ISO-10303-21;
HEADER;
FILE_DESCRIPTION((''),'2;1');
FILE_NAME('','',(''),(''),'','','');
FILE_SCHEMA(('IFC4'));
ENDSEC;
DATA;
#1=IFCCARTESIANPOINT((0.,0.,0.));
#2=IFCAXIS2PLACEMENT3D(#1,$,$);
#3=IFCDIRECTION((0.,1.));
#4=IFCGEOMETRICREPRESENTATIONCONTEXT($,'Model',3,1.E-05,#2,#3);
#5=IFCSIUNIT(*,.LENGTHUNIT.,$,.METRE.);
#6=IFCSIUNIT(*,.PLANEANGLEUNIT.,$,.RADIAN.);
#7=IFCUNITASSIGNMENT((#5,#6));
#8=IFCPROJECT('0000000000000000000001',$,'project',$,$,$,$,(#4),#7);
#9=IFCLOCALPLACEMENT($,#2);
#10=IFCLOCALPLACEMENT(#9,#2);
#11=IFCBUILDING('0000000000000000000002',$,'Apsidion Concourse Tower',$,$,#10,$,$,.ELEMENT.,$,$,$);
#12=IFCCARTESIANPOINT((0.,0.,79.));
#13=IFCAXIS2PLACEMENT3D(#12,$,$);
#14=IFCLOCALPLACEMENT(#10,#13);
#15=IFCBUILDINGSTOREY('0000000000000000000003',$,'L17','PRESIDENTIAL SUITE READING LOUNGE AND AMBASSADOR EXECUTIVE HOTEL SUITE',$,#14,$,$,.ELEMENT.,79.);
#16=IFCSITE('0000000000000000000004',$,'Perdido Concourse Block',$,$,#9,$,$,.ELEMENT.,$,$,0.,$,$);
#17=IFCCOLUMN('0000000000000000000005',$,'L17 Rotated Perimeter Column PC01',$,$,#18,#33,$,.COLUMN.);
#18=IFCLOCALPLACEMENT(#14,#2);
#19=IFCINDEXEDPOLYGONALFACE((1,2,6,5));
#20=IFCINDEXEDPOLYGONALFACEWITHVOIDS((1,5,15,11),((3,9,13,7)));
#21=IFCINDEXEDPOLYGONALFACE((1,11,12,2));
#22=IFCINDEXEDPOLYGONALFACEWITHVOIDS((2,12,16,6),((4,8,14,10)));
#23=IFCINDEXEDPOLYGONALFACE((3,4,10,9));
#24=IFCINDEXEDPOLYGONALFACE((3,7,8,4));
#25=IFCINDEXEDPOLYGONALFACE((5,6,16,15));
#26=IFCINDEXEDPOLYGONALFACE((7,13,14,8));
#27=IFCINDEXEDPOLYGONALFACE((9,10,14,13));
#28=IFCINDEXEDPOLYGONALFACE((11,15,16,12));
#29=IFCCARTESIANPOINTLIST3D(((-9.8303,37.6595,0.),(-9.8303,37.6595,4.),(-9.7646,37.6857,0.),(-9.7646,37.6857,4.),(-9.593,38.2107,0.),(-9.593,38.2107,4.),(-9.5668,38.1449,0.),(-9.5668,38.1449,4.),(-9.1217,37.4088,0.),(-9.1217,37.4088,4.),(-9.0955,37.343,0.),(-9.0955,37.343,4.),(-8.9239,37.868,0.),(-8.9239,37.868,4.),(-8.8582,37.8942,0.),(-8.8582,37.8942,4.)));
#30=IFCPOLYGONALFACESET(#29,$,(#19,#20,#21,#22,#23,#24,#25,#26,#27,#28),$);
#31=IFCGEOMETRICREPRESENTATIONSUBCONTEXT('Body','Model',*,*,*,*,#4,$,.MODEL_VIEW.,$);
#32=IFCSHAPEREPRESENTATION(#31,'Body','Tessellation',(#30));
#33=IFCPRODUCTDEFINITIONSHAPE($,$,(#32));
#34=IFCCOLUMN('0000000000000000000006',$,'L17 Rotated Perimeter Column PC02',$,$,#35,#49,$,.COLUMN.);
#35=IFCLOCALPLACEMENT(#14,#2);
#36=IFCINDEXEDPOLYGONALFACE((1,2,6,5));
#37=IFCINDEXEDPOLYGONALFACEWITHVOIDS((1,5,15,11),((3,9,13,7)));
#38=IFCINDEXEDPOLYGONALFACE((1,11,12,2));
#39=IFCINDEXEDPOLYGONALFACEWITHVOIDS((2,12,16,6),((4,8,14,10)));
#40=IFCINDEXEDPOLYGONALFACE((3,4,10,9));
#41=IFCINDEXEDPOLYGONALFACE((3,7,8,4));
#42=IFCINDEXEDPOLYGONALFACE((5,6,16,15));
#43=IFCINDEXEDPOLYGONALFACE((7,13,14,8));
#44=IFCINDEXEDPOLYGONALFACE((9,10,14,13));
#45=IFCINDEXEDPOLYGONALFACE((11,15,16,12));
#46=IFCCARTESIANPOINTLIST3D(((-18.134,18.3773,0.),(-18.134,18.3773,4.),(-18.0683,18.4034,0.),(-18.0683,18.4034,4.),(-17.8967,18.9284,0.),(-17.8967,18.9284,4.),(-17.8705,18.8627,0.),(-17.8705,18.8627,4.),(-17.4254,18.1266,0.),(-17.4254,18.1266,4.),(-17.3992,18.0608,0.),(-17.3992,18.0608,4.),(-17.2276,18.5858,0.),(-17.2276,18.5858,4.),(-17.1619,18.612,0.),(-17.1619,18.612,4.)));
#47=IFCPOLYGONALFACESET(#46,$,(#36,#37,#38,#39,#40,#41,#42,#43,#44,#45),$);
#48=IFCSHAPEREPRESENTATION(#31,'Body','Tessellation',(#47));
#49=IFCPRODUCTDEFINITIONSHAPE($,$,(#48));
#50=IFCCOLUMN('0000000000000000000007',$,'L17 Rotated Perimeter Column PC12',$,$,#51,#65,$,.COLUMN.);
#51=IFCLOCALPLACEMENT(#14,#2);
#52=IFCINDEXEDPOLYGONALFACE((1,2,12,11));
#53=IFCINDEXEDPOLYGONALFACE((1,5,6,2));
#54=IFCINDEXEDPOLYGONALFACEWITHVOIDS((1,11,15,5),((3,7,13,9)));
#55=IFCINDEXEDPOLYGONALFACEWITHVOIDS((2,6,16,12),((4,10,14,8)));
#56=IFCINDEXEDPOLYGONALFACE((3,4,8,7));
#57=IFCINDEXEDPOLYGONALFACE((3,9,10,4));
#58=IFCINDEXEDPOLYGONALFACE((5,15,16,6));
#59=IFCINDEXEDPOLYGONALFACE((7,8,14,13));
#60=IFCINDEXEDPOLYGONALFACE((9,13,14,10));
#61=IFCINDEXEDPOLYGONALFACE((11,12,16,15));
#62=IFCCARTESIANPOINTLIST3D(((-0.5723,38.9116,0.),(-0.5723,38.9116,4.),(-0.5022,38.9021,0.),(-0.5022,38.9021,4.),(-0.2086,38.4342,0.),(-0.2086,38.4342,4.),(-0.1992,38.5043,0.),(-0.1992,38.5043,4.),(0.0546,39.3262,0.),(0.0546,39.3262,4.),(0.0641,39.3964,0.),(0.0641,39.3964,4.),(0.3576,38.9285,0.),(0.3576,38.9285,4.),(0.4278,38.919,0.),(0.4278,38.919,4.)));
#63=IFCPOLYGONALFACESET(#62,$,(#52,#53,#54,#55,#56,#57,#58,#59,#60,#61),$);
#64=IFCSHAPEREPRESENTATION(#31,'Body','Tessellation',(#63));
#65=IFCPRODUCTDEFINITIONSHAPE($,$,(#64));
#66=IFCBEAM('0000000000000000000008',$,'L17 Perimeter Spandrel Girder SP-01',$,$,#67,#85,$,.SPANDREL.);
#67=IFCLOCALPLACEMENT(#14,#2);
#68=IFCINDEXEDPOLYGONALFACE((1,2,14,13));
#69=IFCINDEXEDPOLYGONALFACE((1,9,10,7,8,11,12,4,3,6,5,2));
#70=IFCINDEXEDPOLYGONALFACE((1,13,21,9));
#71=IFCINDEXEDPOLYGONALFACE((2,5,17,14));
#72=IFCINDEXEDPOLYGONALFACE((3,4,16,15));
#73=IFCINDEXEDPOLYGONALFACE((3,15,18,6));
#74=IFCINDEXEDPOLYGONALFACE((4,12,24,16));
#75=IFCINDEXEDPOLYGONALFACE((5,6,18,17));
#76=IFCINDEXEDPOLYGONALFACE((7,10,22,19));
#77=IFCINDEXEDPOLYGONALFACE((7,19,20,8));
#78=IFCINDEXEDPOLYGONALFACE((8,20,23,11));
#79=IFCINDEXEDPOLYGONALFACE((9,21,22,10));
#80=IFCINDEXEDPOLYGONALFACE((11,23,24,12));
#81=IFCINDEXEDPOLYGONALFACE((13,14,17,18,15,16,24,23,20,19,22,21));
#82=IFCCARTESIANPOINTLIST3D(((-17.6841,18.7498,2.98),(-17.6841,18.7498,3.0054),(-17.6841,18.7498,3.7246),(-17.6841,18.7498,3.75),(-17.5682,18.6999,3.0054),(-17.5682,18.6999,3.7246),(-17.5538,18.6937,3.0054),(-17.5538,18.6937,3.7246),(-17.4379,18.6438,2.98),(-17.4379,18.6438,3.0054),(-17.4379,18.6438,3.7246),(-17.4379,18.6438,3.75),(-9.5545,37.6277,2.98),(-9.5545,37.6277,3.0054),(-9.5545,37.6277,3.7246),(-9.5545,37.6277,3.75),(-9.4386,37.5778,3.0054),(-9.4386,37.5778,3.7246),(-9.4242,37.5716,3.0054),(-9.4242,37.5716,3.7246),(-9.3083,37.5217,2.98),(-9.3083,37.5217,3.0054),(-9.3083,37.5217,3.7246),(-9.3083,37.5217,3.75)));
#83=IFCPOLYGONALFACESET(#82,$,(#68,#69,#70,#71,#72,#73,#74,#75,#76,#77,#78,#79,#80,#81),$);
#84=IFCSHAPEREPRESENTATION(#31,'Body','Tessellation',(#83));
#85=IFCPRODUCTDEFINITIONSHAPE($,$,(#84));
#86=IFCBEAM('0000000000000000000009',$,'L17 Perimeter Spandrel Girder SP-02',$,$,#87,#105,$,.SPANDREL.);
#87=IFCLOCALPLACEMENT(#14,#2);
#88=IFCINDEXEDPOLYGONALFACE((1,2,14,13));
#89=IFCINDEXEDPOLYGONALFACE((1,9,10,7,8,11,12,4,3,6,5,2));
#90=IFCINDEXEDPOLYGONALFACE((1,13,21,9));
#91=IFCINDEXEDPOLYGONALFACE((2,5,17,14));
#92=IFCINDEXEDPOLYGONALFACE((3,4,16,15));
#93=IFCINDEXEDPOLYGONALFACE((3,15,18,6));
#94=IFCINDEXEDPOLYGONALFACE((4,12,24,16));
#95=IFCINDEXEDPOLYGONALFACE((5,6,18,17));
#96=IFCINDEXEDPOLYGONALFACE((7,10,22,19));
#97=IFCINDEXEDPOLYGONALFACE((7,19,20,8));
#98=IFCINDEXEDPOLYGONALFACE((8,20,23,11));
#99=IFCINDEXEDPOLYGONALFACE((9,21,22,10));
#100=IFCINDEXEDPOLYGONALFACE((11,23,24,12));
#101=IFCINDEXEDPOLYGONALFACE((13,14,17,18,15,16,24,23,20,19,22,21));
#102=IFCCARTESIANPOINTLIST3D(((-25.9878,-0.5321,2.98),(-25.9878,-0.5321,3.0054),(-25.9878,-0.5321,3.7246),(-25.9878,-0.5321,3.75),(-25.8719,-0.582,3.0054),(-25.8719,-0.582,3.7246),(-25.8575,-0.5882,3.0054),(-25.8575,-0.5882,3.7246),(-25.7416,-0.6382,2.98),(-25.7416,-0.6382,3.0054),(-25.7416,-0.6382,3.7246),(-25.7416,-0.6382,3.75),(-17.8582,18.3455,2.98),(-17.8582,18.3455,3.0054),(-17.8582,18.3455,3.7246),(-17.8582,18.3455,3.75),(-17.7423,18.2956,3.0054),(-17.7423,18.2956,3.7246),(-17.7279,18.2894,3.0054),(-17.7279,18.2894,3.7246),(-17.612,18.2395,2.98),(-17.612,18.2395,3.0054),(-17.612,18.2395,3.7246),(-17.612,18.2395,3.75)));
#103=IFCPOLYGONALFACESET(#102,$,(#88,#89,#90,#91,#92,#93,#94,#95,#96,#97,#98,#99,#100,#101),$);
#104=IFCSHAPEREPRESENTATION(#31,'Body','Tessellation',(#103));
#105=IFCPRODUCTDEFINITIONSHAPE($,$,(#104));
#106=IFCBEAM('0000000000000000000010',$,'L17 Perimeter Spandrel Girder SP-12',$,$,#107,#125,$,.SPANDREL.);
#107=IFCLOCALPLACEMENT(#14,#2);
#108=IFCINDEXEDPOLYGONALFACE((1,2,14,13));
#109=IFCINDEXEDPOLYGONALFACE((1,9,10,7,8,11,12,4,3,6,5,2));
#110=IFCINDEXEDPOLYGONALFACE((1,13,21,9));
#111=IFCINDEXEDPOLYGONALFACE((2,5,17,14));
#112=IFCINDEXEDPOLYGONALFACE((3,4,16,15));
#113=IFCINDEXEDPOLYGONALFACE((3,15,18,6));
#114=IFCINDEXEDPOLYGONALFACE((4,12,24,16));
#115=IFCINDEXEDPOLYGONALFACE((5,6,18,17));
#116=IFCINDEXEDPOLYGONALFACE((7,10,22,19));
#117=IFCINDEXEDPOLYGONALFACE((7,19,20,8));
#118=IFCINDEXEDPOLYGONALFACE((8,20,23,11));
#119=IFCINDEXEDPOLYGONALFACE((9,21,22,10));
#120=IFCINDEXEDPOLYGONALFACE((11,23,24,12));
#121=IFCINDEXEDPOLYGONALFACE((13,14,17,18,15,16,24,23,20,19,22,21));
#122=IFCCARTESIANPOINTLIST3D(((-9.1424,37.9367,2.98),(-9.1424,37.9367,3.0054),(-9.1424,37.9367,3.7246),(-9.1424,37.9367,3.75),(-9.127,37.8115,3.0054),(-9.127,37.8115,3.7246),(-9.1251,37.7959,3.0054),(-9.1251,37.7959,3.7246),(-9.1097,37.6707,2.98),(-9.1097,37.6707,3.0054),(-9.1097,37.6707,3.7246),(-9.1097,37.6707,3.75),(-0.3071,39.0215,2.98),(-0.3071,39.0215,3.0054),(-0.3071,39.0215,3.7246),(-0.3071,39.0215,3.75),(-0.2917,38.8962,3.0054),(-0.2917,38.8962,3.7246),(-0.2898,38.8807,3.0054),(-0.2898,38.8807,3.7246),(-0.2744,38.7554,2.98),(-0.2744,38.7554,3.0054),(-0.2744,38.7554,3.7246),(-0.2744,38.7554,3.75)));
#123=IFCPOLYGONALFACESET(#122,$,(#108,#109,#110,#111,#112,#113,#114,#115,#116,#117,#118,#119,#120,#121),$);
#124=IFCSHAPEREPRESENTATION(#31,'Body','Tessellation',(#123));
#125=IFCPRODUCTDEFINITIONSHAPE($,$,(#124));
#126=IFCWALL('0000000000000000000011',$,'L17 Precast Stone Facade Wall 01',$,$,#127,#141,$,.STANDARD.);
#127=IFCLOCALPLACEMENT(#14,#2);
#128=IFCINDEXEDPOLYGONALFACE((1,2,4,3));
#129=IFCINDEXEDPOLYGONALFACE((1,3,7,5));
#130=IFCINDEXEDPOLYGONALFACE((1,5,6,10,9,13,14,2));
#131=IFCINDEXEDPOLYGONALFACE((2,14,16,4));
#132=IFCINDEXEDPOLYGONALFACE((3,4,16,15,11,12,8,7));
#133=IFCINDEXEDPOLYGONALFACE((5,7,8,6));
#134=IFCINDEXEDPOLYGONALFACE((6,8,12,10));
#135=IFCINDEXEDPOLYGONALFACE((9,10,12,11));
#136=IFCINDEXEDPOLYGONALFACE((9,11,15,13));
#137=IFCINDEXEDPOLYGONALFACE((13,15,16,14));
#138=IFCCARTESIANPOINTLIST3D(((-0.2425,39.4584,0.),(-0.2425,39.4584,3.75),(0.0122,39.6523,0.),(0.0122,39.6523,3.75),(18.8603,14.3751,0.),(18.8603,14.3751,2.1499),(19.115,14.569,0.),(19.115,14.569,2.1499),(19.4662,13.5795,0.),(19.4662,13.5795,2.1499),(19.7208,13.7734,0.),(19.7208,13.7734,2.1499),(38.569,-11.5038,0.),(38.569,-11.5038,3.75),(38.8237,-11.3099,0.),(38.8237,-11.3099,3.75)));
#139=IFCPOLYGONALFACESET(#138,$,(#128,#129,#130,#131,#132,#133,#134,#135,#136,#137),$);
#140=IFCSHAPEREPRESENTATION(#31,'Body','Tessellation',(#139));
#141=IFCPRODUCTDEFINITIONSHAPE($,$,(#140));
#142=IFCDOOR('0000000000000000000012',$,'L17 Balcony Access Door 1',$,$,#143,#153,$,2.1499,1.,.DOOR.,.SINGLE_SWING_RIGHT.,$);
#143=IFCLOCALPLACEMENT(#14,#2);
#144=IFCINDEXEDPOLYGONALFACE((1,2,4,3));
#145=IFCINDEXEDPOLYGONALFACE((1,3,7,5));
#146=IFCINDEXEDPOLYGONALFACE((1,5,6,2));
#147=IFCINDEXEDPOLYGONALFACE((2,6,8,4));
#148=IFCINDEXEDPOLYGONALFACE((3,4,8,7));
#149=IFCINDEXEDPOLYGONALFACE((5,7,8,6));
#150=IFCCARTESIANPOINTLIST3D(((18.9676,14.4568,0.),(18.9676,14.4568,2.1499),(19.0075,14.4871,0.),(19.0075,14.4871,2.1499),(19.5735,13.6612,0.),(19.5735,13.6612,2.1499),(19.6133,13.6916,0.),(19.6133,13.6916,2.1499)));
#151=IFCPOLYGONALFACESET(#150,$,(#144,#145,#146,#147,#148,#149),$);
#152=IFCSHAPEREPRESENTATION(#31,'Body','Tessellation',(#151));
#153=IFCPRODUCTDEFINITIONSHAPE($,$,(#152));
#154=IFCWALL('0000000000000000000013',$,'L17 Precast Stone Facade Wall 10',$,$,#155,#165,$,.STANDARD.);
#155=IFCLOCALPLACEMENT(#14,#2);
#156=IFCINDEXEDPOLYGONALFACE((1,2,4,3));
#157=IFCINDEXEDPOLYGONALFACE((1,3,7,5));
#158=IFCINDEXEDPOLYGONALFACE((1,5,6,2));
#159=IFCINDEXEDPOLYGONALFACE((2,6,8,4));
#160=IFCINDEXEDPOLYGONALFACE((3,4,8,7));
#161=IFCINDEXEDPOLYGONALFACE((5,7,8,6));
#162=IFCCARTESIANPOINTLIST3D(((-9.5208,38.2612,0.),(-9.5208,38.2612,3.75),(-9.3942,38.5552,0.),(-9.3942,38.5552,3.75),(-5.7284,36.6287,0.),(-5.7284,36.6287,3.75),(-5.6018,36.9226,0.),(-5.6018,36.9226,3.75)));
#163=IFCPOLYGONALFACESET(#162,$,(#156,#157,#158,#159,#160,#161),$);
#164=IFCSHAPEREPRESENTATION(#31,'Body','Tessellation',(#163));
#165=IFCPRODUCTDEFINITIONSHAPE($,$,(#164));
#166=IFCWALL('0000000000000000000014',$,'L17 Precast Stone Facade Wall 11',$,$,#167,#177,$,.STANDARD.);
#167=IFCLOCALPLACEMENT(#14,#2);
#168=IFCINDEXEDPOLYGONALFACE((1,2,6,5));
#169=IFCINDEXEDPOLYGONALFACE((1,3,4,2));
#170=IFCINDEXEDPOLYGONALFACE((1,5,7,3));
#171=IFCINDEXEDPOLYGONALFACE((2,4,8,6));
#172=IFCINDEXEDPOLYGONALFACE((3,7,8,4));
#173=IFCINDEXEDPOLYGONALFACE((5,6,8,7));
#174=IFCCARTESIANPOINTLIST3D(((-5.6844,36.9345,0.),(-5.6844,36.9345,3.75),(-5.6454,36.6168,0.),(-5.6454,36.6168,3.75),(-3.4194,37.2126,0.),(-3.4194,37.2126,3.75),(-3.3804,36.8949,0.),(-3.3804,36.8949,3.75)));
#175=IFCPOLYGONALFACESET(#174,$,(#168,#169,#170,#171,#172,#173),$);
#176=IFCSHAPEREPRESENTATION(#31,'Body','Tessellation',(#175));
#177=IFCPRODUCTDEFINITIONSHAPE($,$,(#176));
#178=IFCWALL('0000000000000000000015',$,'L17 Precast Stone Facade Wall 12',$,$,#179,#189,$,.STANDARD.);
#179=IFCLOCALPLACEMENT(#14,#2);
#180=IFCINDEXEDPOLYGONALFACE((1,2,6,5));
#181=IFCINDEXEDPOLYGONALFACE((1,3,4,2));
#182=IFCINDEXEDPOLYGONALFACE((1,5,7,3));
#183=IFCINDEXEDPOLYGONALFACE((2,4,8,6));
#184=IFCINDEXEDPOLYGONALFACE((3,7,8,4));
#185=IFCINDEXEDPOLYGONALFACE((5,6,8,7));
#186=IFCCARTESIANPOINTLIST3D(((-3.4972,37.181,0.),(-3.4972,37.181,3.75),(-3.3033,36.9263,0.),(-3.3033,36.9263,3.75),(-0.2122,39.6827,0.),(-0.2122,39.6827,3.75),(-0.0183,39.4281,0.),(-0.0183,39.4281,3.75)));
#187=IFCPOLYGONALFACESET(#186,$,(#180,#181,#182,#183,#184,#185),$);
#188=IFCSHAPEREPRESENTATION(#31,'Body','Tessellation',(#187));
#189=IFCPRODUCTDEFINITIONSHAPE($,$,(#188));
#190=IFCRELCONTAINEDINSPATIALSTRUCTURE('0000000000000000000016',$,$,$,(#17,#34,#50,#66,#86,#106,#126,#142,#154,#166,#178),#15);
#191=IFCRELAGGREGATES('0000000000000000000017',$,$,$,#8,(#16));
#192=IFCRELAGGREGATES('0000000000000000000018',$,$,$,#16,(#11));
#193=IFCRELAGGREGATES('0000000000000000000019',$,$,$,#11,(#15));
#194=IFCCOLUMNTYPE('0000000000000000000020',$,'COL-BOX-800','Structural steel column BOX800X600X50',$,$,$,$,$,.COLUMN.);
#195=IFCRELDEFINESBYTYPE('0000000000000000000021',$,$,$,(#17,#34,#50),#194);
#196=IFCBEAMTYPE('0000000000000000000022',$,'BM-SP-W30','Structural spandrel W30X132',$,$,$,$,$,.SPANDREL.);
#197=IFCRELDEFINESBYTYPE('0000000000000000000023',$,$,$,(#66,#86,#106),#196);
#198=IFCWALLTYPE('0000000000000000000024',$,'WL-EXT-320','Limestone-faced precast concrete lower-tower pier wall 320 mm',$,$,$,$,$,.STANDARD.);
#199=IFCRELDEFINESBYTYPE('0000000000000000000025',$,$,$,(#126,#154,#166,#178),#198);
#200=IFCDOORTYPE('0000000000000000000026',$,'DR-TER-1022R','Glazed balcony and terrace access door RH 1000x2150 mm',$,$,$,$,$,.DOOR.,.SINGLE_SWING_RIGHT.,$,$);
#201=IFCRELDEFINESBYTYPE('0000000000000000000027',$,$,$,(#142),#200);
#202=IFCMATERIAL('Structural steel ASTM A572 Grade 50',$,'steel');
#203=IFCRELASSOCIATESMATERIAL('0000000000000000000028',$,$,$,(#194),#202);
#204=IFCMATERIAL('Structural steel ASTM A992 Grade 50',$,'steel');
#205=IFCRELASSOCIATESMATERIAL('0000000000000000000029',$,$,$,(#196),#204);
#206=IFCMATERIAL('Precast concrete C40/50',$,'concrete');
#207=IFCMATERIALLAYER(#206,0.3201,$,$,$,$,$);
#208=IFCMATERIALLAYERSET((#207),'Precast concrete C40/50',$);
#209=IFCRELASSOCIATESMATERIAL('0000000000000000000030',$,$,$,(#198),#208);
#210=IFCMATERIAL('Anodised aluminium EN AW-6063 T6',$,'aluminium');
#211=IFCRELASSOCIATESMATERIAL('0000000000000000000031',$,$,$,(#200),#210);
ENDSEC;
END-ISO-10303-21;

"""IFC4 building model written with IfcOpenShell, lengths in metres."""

from ifc_helpers import new_model, si_unit, direction, frame, frame_2d, origin, origin_2d, place, context, subcontext, project, spatial, rectangle, hollow_rectangle, i_section, extrude, material, layer, layer_set, material_profile, profile_set, type_object, element, fill, save


model = new_model("IFC4")

# Units and contexts
model_context = context("Model", 3, precision=1e-05, world=origin(), true_north=direction((0.0, 1.0)))
body_context = subcontext(model_context, "Body", "Model", "MODEL_VIEW")
ifc_project = project(units=[si_unit("LENGTHUNIT", "METRE"), si_unit("PLANEANGLEUNIT", "RADIAN")], contexts=[model_context])

# Site, building, storey
site_placement = place(None, origin())
site = spatial("IfcSite", under=ifc_project, at=site_placement, Name="Perdido Concourse Block", CompositionType="ELEMENT", RefElevation=0.0)
building_placement = place(site_placement, origin())
building = spatial("IfcBuilding", under=site, at=building_placement, Name="Apsidion Concourse Tower", CompositionType="ELEMENT")
storey_placement = place(building_placement, frame((0.0, 0.0, 79.0)))
storey = spatial("IfcBuildingStorey", under=building, at=storey_placement, Name="L17", Description="PRESIDENTIAL SUITE READING LOUNGE AND AMBASSADOR EXECUTIVE HOTEL SUITE", CompositionType="ELEMENT", Elevation=79.0)

# Columns
ifc_material_1 = material(Name="Structural steel ASTM A572 Grade 50", Category="steel")
ifc_material_profile_1 = material_profile(ifc_material_1, hollow_rectangle(XDim=0.6001, YDim=0.8, WallThickness=0.05, at=origin_2d()), Name="BOX800X600X50")
ifc_profile_set_1 = profile_set([ifc_material_profile_1], Name="Structural steel ASTM A572 Grade 50")
column_type = type_object("IfcColumnType", Name="COL-BOX-800", Description="Structural steel column BOX800X600X50", PredefinedType="COLUMN", material=ifc_profile_set_1)
for number, where, z_axis, x_axis, name in (
    (1, (-9.3442, 37.7769, 0.0), (0.0, 0.0, 1.0), (0.395546, 0.918446, 0.0), "L17 Rotated Perimeter Column PC01"),
    (2, (-17.6479, 18.4946, 0.0), (0.0, 0.0, 1.0), (0.395546, 0.918446, 0.0), "L17 Rotated Perimeter Column PC02"),
    (3, (-0.0723, 38.9153, 0.0), (0.0, 0.0, 1.0), (-0.605988, 0.795473, 0.0), "L17 Rotated Perimeter Column PC12"),
):
    element("IfcColumn", number, at=place(storey_placement, frame(where, z_axis=z_axis, x_axis=x_axis)), inside=storey, type_object=column_type, Name=name, PredefinedType="COLUMN", context=body_context, shape_type="SweptSolid", body=[
        extrude(hollow_rectangle(XDim=0.6001, YDim=0.8, WallThickness=0.05, at=origin_2d()), origin(), (0.0, 0.0, 1.0), 4.0),
    ])

# Beams
ifc_material_2 = material(Name="Structural steel ASTM A992 Grade 50", Category="steel")
ifc_material_profile_2 = material_profile(ifc_material_2, i_section(OverallWidth=0.2681, OverallDepth=0.77, WebThickness=0.0156, FlangeThickness=0.0254, at=origin_2d()), Name="W30X132")
ifc_profile_set_2 = profile_set([ifc_material_profile_2], Name="Structural steel ASTM A992 Grade 50")
beam_type = type_object("IfcBeamType", Name="BM-SP-W30", Description="Structural spandrel W30X132", PredefinedType="SPANDREL", material=ifc_profile_set_2)
beam_1_placement = place(storey_placement, frame((-9.4314, 37.5747, 3.365), z_axis=(-0.395526, -0.918455, 0.0), x_axis=(0.918455, -0.395526, 0.0)))
element("IfcBeam", 4, at=beam_1_placement, inside=storey, type_object=beam_type, Name="L17 Perimeter Spandrel Girder SP-01", PredefinedType="SPANDREL", context=body_context, shape_type="SweptSolid", body=[
    extrude(i_section(OverallWidth=0.2681, OverallDepth=0.77, WebThickness=0.0156, FlangeThickness=0.0254, at=origin_2d()), origin(), (0.0, 0.0, 1.0), 20.554),
])
beam_2_placement = place(storey_placement, frame((-17.7351, 18.2925, 3.365), z_axis=(-0.39553, -0.918453, 0.0), x_axis=(0.918453, -0.39553, 0.0)))
element("IfcBeam", 5, at=beam_2_placement, inside=storey, type_object=beam_type, Name="L17 Perimeter Spandrel Girder SP-02", PredefinedType="SPANDREL", context=body_context, shape_type="SweptSolid", body=[
    extrude(i_section(OverallWidth=0.2681, OverallDepth=0.77, WebThickness=0.0156, FlangeThickness=0.0254, at=origin_2d()), origin(), (0.0, 0.0, 1.0), 20.5537),
])
beam_3_placement = place(storey_placement, frame((-0.2908, 38.8884, 3.365), z_axis=(-0.992548, -0.121857, 0.0), x_axis=(0.121857, -0.992548, 0.0)))
element("IfcBeam", 6, at=beam_3_placement, inside=storey, type_object=beam_type, Name="L17 Perimeter Spandrel Girder SP-12", PredefinedType="SPANDREL", context=body_context, shape_type="SweptSolid", body=[
    extrude(i_section(OverallWidth=0.2681, OverallDepth=0.77, WebThickness=0.0156, FlangeThickness=0.0254, at=origin_2d()), origin(), (0.0, 0.0, 1.0), 8.9016),
])

# Wall, opening, door
ifc_material_3 = material(Name="Precast concrete C40/50", Category="concrete")
ifc_layer_1 = layer(ifc_material_3, 0.3201)
ifc_layer_set_1 = layer_set([ifc_layer_1], Name="Precast concrete C40/50")
wall_type_1 = type_object("IfcWallType", Name="WL-EXT-320", Description="Limestone-faced precast concrete lower-tower pier wall 320 mm", PredefinedType="STANDARD", material=ifc_layer_set_1)
wall_1_placement = place(storey_placement, frame((-0.1152, 39.5554, 0.0), z_axis=(0.0, 0.0, 1.0), x_axis=(0.605877, -0.795558, 0.0)))
wall_1 = element("IfcWall", 7, at=wall_1_placement, inside=storey, type_object=wall_type_1, Name="L17 Precast Stone Facade Wall 01", PredefinedType="STANDARD", context=body_context, shape_type="SweptSolid", body=[
    extrude(rectangle(XDim=64.0583, YDim=0.3201, at=frame_2d((32.0293, 0.0))), origin(), (0.0, 0.0, 1.0), 3.75),
])
opening_1_placement = place(wall_1_placement, frame((31.5293, 0.0, 0.0)))
opening_1 = element("IfcOpeningElement", 8, at=opening_1_placement, cuts=wall_1, PredefinedType="OPENING", context=body_context, shape_type="SweptSolid", body=[
    extrude(rectangle(XDim=1.0, YDim=2.1499, at=frame_2d((0.5, 1.075))), frame((0.0, 0.1699, 0.0), z_axis=(0.0, -1.0, 0.0), x_axis=(1.0, 0.0, 0.0)), (0.0, 0.0, 1.0), 0.3401),
])
ifc_material_4 = material(Name="Anodised aluminium EN AW-6063 T6", Category="aluminium")
door_type_1 = type_object("IfcDoorType", Name="DR-TER-1022R", Description="Glazed balcony and terrace access door RH 1000x2150 mm", OperationType="SINGLE_SWING_RIGHT", PredefinedType="DOOR", material=ifc_material_4)
door_1_placement = place(opening_1_placement, origin())
door_1 = element("IfcDoor", 9, at=door_1_placement, inside=storey, type_object=door_type_1, Name="L17 Balcony Access Door 1", OperationType="SINGLE_SWING_RIGHT", OverallHeight=2.1499, OverallWidth=1.0, PredefinedType="DOOR", context=body_context, shape_type="SweptSolid", body=[
    extrude(rectangle(XDim=1.0, YDim=2.1499, at=frame_2d((0.5, 1.075))), frame((0.0, 0.0249, 0.0), z_axis=(0.0, -1.0, 0.0), x_axis=(1.0, 0.0, 0.0)), (0.0, 0.0, 1.0), 0.05),
])
fill(opening_1, door_1)

# Walls
wall_2_placement = place(storey_placement, frame((-9.4575, 38.4082, 0.0), z_axis=(0.0, 0.0, 1.0), x_axis=(0.918511, -0.395396, 0.0)))
element("IfcWall", 10, at=wall_2_placement, inside=storey, type_object=wall_type_1, Name="L17 Precast Stone Facade Wall 10", PredefinedType="STANDARD", context=body_context, shape_type="SweptSolid", body=[
    extrude(rectangle(XDim=4.1289, YDim=0.3201, at=frame_2d((2.0645, 0.0))), origin(), (0.0, 0.0, 1.0), 3.75),
])
wall_3_placement = place(storey_placement, frame((-5.665, 36.7756, 0.0), z_axis=(0.0, 0.0, 1.0), x_axis=(0.992547, 0.121862, 0.0)))
element("IfcWall", 11, at=wall_3_placement, inside=storey, type_object=wall_type_1, Name="L17 Precast Stone Facade Wall 11", PredefinedType="STANDARD", context=body_context, shape_type="SweptSolid", body=[
    extrude(rectangle(XDim=2.282, YDim=0.3201, at=frame_2d((1.1411, 0.0))), origin(), (0.0, 0.0, 1.0), 3.75),
])
wall_4_placement = place(storey_placement, frame((-3.4001, 37.0537, 0.0), z_axis=(0.0, 0.0, 1.0), x_axis=(0.795558, 0.605878, 0.0)))
element("IfcWall", 12, at=wall_4_placement, inside=storey, type_object=wall_type_1, Name="L17 Precast Stone Facade Wall 12", PredefinedType="STANDARD", context=body_context, shape_type="SweptSolid", body=[
    extrude(rectangle(XDim=4.1292, YDim=0.3201, at=frame_2d((2.0645, 0.0))), origin(), (0.0, 0.0, 1.0), 3.75),
])

save(model, "model.ifc")
